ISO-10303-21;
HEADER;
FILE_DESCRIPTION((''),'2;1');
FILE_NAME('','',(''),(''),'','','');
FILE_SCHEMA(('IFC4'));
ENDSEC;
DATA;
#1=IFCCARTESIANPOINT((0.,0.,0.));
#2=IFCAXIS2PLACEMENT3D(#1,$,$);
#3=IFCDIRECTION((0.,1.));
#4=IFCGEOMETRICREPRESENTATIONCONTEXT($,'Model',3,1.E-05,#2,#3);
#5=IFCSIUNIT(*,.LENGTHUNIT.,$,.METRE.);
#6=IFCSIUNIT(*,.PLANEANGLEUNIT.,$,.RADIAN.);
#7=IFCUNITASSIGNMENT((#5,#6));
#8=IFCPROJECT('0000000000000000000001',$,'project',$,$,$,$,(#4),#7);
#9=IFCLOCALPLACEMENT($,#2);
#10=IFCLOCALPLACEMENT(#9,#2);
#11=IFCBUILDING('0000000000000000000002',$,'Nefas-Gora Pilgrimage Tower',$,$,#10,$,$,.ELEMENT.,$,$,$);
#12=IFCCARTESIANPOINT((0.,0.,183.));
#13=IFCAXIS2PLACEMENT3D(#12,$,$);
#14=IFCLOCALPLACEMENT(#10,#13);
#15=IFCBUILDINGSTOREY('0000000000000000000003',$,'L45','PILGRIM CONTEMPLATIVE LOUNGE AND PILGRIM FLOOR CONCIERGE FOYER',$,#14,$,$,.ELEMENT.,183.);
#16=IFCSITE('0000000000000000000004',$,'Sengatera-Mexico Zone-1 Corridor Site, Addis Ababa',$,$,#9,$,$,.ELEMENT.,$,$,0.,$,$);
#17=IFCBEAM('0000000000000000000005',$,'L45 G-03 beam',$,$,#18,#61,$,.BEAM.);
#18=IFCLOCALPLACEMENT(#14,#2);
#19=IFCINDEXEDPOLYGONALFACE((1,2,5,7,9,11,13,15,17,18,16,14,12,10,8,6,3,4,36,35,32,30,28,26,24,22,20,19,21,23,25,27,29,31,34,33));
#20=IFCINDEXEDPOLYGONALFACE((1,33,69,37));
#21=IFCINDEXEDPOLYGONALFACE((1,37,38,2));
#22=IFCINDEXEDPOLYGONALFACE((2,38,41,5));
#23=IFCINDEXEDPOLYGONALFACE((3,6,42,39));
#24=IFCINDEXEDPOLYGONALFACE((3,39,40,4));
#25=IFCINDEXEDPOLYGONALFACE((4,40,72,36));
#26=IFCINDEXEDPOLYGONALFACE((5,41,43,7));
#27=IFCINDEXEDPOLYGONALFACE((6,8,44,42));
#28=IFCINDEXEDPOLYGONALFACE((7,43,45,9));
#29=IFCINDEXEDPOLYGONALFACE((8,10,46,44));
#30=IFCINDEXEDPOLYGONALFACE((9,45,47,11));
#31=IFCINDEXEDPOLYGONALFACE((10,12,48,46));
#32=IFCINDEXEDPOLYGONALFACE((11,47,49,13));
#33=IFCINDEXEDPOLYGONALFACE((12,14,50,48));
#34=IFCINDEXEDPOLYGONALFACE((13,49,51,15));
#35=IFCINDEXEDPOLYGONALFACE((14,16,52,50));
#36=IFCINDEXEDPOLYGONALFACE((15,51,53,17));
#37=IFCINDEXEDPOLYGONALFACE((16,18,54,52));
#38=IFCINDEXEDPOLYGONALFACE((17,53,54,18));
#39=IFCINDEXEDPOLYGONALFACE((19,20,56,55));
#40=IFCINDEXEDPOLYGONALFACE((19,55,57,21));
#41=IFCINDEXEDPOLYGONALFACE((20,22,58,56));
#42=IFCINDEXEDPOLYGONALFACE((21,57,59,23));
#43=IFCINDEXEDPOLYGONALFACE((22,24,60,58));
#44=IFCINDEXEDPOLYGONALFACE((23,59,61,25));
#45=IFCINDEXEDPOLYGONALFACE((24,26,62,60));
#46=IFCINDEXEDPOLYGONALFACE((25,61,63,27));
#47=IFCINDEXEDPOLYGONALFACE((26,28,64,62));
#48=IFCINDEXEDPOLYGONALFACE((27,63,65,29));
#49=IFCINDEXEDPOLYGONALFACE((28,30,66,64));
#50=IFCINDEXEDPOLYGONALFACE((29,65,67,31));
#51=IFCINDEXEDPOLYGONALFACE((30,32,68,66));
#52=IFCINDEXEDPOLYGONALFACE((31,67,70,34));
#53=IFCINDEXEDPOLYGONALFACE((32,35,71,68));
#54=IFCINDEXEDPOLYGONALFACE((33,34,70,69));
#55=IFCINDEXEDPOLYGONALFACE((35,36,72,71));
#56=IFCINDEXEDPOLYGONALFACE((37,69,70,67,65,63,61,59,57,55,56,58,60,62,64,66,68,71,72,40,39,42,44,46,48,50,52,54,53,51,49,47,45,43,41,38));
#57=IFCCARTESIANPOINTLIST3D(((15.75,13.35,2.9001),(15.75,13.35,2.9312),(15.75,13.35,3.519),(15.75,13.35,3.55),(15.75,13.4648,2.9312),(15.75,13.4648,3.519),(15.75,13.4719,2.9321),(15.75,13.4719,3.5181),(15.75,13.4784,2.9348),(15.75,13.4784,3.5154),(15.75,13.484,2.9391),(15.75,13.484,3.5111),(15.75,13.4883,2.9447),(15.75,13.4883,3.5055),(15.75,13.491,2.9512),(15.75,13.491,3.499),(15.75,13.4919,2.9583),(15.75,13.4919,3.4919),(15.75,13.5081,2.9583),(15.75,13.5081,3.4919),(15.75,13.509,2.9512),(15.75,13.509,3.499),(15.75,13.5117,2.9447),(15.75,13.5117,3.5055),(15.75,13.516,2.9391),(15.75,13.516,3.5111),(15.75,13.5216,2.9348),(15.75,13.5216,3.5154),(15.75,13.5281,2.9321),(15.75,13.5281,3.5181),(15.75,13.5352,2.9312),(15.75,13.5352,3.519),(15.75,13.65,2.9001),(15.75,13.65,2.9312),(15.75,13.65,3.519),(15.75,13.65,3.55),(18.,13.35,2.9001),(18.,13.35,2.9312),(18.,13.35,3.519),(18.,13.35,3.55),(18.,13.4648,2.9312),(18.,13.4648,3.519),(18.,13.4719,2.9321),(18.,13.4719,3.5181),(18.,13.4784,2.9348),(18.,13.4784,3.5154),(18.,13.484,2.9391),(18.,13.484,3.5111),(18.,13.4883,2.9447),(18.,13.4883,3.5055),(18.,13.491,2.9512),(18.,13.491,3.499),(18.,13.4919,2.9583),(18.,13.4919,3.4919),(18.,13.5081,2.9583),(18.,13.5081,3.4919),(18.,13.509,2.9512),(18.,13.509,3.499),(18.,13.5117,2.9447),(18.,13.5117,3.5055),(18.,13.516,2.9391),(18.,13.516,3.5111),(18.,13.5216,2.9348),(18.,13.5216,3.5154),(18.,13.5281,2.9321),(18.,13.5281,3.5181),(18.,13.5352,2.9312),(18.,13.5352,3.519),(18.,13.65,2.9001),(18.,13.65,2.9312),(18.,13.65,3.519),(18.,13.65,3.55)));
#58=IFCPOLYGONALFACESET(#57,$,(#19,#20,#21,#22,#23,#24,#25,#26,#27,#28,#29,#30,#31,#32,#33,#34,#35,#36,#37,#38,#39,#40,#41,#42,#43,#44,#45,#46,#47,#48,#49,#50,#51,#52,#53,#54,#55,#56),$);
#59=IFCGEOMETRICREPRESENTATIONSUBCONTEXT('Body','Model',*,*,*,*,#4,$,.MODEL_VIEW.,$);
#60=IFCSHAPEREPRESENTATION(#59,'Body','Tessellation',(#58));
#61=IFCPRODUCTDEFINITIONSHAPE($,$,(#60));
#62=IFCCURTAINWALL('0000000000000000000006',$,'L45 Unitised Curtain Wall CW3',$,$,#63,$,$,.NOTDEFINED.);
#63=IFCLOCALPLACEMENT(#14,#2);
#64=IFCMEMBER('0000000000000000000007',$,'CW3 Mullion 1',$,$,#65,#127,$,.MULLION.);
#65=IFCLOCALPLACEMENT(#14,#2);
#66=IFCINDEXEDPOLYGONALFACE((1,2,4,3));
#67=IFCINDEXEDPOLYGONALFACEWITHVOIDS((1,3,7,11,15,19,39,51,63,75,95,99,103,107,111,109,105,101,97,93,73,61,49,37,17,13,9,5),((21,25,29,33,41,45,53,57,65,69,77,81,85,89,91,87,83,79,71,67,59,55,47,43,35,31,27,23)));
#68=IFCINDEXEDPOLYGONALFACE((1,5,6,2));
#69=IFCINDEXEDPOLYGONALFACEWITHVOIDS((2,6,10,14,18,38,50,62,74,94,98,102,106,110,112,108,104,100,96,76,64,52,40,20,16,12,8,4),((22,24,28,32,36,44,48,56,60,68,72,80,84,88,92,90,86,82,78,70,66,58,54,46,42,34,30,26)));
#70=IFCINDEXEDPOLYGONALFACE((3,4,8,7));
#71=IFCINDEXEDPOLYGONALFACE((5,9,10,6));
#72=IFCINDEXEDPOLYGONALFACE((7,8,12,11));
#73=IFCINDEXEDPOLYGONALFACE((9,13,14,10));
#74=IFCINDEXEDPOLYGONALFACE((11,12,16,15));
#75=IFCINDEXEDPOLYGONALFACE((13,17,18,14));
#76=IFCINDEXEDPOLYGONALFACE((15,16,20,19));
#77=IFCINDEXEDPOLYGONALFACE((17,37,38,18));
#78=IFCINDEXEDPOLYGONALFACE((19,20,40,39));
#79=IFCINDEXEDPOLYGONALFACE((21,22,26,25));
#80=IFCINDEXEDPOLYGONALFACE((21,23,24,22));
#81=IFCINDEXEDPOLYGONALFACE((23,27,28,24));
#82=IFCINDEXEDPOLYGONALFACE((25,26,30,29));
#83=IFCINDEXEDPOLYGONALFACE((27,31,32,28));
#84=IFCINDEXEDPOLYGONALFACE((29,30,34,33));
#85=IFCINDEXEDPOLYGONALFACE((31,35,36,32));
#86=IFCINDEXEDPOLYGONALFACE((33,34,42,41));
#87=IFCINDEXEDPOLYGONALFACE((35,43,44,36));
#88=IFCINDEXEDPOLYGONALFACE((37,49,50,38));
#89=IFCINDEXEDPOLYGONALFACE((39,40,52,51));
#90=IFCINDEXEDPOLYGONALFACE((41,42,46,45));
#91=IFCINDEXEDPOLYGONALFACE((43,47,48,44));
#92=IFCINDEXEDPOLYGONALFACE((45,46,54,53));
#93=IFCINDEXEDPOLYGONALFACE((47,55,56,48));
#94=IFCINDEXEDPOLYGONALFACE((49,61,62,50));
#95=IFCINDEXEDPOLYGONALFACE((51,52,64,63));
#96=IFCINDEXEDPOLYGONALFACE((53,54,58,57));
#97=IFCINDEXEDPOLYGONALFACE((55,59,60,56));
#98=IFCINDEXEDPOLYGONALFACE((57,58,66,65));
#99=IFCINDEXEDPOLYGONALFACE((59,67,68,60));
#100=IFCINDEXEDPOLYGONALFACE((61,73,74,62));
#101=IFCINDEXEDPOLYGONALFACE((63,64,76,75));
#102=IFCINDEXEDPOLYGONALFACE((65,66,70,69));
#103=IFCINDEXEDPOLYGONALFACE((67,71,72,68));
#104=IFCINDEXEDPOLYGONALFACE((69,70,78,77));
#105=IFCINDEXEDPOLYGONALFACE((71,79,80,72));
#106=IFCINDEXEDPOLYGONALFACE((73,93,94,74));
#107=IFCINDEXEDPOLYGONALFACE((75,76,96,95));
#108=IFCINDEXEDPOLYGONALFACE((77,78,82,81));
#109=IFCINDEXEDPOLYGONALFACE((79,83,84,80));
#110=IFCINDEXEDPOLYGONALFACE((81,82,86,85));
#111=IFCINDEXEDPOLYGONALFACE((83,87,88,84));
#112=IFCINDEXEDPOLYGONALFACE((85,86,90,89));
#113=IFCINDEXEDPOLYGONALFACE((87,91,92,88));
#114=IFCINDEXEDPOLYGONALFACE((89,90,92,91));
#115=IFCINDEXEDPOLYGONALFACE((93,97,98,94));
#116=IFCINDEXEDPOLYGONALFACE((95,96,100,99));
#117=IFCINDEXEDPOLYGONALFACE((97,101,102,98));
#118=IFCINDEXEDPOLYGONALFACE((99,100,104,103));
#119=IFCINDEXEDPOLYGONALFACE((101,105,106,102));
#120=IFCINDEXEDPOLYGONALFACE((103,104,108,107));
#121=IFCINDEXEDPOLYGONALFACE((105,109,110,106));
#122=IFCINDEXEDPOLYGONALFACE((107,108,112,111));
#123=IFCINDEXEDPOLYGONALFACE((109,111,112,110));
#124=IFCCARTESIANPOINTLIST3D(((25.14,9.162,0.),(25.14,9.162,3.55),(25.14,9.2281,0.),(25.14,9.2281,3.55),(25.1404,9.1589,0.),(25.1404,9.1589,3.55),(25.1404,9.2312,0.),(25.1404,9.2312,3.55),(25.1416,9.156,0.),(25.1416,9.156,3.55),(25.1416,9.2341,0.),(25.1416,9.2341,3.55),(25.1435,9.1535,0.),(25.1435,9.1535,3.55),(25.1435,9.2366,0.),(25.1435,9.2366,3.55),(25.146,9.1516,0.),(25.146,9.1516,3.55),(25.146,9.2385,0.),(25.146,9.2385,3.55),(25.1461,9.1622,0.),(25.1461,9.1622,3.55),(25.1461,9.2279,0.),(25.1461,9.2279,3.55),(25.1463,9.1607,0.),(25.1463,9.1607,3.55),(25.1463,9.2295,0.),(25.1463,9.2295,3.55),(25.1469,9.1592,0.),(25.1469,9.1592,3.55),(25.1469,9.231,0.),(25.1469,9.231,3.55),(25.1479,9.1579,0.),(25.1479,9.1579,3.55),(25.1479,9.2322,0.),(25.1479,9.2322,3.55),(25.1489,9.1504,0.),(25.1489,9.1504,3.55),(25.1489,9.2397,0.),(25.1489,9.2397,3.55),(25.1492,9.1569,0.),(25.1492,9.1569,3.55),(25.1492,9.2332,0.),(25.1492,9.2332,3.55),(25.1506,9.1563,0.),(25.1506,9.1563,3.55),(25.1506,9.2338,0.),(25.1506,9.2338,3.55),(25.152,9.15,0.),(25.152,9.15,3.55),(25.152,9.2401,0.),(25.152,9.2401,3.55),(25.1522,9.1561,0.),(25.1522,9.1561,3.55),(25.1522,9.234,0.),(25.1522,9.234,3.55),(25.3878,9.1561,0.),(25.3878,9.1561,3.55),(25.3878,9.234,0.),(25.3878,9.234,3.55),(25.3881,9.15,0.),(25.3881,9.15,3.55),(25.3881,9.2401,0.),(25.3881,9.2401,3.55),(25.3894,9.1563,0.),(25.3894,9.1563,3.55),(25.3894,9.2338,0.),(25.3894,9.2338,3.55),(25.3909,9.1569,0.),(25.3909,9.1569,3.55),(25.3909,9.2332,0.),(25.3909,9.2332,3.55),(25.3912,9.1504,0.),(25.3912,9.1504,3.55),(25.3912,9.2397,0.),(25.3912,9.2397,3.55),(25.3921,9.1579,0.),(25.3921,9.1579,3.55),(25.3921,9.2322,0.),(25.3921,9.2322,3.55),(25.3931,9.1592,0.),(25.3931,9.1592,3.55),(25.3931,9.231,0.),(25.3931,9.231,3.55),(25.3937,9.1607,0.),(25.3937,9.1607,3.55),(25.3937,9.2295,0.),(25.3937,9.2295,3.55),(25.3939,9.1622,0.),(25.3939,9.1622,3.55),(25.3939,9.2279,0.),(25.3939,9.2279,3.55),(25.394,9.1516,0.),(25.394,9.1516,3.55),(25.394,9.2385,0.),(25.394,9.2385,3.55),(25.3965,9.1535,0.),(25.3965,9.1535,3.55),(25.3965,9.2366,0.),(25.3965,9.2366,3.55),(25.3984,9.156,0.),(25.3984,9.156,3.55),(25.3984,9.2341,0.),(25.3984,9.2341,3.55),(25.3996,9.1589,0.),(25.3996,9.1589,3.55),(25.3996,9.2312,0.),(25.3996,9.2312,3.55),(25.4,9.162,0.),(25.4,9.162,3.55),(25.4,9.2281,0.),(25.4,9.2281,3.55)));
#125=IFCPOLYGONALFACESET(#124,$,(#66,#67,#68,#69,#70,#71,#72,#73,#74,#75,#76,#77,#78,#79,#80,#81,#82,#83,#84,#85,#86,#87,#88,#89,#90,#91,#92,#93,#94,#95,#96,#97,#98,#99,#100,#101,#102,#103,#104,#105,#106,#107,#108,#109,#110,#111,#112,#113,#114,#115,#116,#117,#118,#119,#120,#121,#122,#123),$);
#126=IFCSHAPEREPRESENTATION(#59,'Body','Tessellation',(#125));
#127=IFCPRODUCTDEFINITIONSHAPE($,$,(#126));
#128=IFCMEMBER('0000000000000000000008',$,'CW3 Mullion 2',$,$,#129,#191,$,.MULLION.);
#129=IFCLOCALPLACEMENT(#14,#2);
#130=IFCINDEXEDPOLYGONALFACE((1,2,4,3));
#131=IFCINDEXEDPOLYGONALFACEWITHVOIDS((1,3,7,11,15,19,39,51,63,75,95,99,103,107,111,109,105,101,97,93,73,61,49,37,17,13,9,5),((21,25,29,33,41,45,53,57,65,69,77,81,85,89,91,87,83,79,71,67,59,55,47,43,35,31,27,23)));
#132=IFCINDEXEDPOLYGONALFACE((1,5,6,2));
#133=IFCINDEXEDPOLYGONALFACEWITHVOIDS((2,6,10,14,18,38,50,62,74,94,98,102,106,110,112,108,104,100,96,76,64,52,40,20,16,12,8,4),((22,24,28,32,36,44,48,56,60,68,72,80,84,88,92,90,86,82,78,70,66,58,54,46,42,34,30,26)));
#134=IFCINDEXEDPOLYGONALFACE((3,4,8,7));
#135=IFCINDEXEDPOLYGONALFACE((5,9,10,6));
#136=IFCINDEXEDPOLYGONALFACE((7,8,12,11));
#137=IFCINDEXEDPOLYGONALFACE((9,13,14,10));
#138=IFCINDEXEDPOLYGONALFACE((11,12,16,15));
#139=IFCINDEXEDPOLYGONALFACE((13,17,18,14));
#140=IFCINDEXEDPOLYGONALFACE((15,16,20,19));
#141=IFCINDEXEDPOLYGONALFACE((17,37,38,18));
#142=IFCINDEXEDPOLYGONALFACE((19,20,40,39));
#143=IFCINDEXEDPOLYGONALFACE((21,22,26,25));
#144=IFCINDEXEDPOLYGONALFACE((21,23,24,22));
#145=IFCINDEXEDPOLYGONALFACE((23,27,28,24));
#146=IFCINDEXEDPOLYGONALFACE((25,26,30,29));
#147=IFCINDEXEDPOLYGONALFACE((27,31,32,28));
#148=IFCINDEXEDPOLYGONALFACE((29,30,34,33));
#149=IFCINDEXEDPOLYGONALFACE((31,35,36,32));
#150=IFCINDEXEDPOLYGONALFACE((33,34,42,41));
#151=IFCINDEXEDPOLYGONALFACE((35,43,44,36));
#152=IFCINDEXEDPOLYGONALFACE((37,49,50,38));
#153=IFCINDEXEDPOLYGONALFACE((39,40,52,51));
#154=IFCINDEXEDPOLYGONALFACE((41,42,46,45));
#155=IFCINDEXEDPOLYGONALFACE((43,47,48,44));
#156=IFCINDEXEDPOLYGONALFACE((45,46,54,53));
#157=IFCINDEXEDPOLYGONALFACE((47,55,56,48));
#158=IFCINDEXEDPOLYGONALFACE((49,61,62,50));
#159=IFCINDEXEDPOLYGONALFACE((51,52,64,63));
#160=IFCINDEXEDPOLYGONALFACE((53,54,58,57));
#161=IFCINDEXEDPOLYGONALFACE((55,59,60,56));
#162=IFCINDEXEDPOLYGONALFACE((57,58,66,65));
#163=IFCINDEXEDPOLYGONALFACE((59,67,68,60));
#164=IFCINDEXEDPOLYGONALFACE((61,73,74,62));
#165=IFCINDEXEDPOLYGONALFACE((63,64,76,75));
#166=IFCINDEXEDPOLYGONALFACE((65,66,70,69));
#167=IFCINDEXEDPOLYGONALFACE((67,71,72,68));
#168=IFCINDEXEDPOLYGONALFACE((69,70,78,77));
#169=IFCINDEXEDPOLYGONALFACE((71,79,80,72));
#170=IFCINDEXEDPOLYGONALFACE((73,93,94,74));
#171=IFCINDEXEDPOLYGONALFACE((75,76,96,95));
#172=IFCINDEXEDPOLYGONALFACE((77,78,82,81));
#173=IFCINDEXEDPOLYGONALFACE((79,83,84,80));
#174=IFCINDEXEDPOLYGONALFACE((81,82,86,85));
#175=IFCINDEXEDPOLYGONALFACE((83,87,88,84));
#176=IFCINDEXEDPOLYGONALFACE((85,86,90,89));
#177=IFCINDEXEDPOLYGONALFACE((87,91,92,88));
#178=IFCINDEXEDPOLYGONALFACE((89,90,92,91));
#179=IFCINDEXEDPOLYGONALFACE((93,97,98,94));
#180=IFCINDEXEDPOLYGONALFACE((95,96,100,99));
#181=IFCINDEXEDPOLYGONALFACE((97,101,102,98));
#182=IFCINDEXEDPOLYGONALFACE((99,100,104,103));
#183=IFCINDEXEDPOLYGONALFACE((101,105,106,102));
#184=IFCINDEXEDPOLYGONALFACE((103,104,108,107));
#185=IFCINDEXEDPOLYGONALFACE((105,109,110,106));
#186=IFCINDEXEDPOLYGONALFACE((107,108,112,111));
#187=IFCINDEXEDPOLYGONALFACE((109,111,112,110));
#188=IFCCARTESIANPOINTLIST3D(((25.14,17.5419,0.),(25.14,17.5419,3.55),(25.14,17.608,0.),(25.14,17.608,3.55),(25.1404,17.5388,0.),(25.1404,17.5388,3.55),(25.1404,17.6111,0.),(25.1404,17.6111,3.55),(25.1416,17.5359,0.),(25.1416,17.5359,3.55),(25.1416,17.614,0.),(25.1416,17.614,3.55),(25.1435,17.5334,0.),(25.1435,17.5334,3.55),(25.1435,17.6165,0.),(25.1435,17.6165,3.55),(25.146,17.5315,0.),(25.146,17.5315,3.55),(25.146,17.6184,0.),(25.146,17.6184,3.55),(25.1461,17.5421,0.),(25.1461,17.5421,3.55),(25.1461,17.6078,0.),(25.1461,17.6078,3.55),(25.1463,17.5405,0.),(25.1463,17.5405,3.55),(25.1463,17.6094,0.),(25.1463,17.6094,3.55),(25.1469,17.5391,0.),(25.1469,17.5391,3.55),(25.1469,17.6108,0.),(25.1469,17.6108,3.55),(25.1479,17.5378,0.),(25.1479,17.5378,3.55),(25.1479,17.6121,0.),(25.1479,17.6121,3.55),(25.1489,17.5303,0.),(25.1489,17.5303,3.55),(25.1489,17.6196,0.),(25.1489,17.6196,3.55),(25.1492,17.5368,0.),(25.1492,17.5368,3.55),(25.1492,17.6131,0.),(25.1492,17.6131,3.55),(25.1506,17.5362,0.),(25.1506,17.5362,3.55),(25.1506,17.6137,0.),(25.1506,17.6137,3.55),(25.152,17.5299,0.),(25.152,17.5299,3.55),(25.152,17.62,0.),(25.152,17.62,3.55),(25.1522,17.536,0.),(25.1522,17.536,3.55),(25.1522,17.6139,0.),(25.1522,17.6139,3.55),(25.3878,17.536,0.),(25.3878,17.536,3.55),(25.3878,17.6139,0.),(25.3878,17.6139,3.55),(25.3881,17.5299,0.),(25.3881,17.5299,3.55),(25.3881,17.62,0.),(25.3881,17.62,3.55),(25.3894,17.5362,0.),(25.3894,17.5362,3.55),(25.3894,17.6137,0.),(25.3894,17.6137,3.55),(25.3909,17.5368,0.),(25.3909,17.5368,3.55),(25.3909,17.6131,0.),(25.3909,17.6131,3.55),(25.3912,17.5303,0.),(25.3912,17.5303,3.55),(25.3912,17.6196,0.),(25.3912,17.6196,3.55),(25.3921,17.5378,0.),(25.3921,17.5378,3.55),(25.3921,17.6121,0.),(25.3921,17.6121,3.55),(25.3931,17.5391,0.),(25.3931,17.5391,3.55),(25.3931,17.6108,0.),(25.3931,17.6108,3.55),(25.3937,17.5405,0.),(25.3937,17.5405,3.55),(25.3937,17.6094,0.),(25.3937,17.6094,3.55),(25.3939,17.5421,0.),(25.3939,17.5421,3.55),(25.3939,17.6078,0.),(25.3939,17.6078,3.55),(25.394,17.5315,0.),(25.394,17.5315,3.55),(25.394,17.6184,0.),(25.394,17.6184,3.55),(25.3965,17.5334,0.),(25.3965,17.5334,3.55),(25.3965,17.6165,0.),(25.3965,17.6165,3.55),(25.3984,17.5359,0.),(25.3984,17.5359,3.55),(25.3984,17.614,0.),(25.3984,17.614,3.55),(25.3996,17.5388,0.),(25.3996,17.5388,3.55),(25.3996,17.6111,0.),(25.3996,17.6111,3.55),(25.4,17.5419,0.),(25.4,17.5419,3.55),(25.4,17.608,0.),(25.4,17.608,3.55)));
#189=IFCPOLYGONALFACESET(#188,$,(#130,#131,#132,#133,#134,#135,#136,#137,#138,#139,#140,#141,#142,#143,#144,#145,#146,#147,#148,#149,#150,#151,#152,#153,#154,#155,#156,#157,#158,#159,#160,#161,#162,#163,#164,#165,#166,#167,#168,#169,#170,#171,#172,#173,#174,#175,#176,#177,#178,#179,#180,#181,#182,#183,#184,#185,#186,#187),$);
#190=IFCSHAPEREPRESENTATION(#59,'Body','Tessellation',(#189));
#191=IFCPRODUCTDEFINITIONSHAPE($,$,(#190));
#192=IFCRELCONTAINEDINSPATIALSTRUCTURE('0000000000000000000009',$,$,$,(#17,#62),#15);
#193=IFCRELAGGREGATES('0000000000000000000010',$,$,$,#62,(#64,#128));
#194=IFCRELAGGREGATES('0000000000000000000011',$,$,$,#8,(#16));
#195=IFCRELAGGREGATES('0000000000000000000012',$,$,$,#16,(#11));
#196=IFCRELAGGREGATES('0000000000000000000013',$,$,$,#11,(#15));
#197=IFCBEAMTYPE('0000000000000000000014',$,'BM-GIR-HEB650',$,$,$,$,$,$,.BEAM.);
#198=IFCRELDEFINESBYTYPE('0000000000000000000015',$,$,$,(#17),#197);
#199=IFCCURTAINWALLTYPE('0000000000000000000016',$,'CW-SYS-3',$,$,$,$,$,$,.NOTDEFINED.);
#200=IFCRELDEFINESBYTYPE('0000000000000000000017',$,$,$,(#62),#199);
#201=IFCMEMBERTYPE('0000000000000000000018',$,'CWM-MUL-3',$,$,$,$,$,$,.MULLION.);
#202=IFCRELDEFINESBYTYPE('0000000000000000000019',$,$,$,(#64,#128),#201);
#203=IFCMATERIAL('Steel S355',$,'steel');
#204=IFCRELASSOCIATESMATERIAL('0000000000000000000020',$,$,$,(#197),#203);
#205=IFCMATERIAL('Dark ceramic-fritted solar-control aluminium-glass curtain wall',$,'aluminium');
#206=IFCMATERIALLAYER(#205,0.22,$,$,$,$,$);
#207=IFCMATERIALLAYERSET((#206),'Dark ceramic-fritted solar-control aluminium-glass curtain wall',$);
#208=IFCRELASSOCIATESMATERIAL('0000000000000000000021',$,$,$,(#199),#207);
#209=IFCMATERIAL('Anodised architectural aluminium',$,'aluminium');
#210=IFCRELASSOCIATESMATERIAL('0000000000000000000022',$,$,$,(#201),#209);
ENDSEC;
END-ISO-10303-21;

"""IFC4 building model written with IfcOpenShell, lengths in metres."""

from ifc_helpers import new_model, si_unit, direction, frame, origin, origin_2d, place, context, subcontext, project, spatial, hollow_rectangle, i_section, extrude, source, transform, mapped, material, layer, layer_set, material_profile, profile_set, type_object, element, aggregate, save


model = new_model("IFC4")

# Units and contexts
model_context = context("Model", 3, precision=1e-05, world=origin(), true_north=direction((0.0, 1.0)))
body_context = subcontext(model_context, "Body", "Model", "MODEL_VIEW")
ifc_project = project(units=[si_unit("LENGTHUNIT", "METRE"), si_unit("PLANEANGLEUNIT", "RADIAN")], contexts=[model_context])

# Site, building, storey
site_placement = place(None, origin())
site = spatial("IfcSite", under=ifc_project, at=site_placement, Name="Sengatera-Mexico Zone-1 Corridor Site, Addis Ababa", CompositionType="ELEMENT", RefElevation=0.0)
building_placement = place(site_placement, origin())
building = spatial("IfcBuilding", under=site, at=building_placement, Name="Nefas-Gora Pilgrimage Tower", CompositionType="ELEMENT")
storey_placement = place(building_placement, frame((0.0, 0.0, 183.0)))
storey = spatial("IfcBuildingStorey", under=building, at=storey_placement, Name="L45", Description="PILGRIM CONTEMPLATIVE LOUNGE AND PILGRIM FLOOR CONCIERGE FOYER", CompositionType="ELEMENT", Elevation=183.0)

# Beam
ifc_material_1 = material(Name="Steel S355", Category="steel")
ifc_material_profile_1 = material_profile(ifc_material_1, i_section(OverallWidth=0.3, OverallDepth=0.6499, WebThickness=0.0161, FlangeThickness=0.031, FilletRadius=0.0271, at=origin_2d()), Name="HEB 650")
ifc_profile_set_1 = profile_set([ifc_material_profile_1], Name="Steel S355")
beam_type_1 = type_object("IfcBeamType", Name="BM-GIR-HEB650", PredefinedType="BEAM", material=ifc_profile_set_1)
shared_shape_1 = source(origin(), body_context, "Body", "SweptSolid", [
    extrude(i_section(OverallWidth=0.3, OverallDepth=0.6499, WebThickness=0.0161, FlangeThickness=0.031, FilletRadius=0.0271, at=origin_2d()), origin(), (0.0, 0.0, 1.0), 2.25),
])
beam_1_placement = place(storey_placement, frame((15.75, 13.5, 3.2251), z_axis=(1.0, 0.0, 0.0), x_axis=(0.0, 1.0, 0.0)))
element("IfcBeam", 1, at=beam_1_placement, inside=storey, type_object=beam_type_1, Name="L45 G-03 beam", PredefinedType="BEAM", context=body_context, shape_type="MappedRepresentation", body=[
    mapped(shared_shape_1, transform((0.0, 0.0, 0.0), x_axis=(1.0, 0.0, 0.0), y_axis=(0.0, 1.0, 0.0), z_axis=(0.0, 0.0, 1.0), scale=1.0)),
])

# Curtain wall, members
ifc_material_2 = material(Name="Dark ceramic-fritted solar-control aluminium-glass curtain wall", Category="aluminium")
ifc_layer_1 = layer(ifc_material_2, 0.22)
ifc_layer_set_1 = layer_set([ifc_layer_1], Name="Dark ceramic-fritted solar-control aluminium-glass curtain wall")
curtain_wall_type = type_object("IfcCurtainWallType", Name="CW-SYS-3", PredefinedType="NOTDEFINED", material=ifc_layer_set_1)
curtain_wall_1_placement = place(storey_placement, origin())
curtain_wall_1 = element("IfcCurtainWall", 2, at=curtain_wall_1_placement, inside=storey, type_object=curtain_wall_type, Name="L45 Unitised Curtain Wall CW3", PredefinedType="NOTDEFINED")
ifc_material_3 = material(Name="Anodised architectural aluminium", Category="aluminium")
ifc_material_profile_2 = material_profile(ifc_material_3, hollow_rectangle(XDim=0.0901, YDim=0.26, WallThickness=0.0061, InnerFilletRadius=0.0061, OuterFilletRadius=0.012, at=origin_2d()), Name="ALU MULLION 90x260")
ifc_profile_set_2 = profile_set([ifc_material_profile_2], Name="Anodised architectural aluminium")
member_type_1 = type_object("IfcMemberType", Name="CWM-MUL-3", PredefinedType="MULLION", material=ifc_profile_set_2)
shared_shape_2 = source(origin(), body_context, "Body", "SweptSolid", [
    extrude(hollow_rectangle(XDim=0.0901, YDim=0.26, WallThickness=0.0061, InnerFilletRadius=0.0061, OuterFilletRadius=0.012, at=origin_2d()), origin(), (0.0, 0.0, 1.0), 3.55),
])
member_1_placement = place(storey_placement, frame((25.27, 9.1951, 0.0), z_axis=(0.0, 0.0, 1.0), x_axis=(0.0, 1.0, 0.0)))
member_1 = element("IfcMember", 3, at=member_1_placement, type_object=member_type_1, Name="CW3 Mullion 1", PredefinedType="MULLION", context=body_context, shape_type="MappedRepresentation", body=[
    mapped(shared_shape_2, transform((0.0, 0.0, 0.0), x_axis=(1.0, 0.0, 0.0), y_axis=(0.0, 1.0, 0.0), z_axis=(0.0, 0.0, 1.0), scale=1.0)),
])
member_2_placement = place(storey_placement, frame((25.27, 17.575, 0.0), z_axis=(0.0, 0.0, 1.0), x_axis=(0.0, 1.0, 0.0)))
member_2 = element("IfcMember", 4, at=member_2_placement, type_object=member_type_1, Name="CW3 Mullion 2", PredefinedType="MULLION", context=body_context, shape_type="MappedRepresentation", body=[
    mapped(shared_shape_2, transform((0.0, 0.0, 0.0), x_axis=(1.0, 0.0, 0.0), y_axis=(0.0, 1.0, 0.0), z_axis=(0.0, 0.0, 1.0), scale=1.0)),
])

aggregate(curtain_wall_1, [member_1, member_2])

save(model, "model.ifc")
